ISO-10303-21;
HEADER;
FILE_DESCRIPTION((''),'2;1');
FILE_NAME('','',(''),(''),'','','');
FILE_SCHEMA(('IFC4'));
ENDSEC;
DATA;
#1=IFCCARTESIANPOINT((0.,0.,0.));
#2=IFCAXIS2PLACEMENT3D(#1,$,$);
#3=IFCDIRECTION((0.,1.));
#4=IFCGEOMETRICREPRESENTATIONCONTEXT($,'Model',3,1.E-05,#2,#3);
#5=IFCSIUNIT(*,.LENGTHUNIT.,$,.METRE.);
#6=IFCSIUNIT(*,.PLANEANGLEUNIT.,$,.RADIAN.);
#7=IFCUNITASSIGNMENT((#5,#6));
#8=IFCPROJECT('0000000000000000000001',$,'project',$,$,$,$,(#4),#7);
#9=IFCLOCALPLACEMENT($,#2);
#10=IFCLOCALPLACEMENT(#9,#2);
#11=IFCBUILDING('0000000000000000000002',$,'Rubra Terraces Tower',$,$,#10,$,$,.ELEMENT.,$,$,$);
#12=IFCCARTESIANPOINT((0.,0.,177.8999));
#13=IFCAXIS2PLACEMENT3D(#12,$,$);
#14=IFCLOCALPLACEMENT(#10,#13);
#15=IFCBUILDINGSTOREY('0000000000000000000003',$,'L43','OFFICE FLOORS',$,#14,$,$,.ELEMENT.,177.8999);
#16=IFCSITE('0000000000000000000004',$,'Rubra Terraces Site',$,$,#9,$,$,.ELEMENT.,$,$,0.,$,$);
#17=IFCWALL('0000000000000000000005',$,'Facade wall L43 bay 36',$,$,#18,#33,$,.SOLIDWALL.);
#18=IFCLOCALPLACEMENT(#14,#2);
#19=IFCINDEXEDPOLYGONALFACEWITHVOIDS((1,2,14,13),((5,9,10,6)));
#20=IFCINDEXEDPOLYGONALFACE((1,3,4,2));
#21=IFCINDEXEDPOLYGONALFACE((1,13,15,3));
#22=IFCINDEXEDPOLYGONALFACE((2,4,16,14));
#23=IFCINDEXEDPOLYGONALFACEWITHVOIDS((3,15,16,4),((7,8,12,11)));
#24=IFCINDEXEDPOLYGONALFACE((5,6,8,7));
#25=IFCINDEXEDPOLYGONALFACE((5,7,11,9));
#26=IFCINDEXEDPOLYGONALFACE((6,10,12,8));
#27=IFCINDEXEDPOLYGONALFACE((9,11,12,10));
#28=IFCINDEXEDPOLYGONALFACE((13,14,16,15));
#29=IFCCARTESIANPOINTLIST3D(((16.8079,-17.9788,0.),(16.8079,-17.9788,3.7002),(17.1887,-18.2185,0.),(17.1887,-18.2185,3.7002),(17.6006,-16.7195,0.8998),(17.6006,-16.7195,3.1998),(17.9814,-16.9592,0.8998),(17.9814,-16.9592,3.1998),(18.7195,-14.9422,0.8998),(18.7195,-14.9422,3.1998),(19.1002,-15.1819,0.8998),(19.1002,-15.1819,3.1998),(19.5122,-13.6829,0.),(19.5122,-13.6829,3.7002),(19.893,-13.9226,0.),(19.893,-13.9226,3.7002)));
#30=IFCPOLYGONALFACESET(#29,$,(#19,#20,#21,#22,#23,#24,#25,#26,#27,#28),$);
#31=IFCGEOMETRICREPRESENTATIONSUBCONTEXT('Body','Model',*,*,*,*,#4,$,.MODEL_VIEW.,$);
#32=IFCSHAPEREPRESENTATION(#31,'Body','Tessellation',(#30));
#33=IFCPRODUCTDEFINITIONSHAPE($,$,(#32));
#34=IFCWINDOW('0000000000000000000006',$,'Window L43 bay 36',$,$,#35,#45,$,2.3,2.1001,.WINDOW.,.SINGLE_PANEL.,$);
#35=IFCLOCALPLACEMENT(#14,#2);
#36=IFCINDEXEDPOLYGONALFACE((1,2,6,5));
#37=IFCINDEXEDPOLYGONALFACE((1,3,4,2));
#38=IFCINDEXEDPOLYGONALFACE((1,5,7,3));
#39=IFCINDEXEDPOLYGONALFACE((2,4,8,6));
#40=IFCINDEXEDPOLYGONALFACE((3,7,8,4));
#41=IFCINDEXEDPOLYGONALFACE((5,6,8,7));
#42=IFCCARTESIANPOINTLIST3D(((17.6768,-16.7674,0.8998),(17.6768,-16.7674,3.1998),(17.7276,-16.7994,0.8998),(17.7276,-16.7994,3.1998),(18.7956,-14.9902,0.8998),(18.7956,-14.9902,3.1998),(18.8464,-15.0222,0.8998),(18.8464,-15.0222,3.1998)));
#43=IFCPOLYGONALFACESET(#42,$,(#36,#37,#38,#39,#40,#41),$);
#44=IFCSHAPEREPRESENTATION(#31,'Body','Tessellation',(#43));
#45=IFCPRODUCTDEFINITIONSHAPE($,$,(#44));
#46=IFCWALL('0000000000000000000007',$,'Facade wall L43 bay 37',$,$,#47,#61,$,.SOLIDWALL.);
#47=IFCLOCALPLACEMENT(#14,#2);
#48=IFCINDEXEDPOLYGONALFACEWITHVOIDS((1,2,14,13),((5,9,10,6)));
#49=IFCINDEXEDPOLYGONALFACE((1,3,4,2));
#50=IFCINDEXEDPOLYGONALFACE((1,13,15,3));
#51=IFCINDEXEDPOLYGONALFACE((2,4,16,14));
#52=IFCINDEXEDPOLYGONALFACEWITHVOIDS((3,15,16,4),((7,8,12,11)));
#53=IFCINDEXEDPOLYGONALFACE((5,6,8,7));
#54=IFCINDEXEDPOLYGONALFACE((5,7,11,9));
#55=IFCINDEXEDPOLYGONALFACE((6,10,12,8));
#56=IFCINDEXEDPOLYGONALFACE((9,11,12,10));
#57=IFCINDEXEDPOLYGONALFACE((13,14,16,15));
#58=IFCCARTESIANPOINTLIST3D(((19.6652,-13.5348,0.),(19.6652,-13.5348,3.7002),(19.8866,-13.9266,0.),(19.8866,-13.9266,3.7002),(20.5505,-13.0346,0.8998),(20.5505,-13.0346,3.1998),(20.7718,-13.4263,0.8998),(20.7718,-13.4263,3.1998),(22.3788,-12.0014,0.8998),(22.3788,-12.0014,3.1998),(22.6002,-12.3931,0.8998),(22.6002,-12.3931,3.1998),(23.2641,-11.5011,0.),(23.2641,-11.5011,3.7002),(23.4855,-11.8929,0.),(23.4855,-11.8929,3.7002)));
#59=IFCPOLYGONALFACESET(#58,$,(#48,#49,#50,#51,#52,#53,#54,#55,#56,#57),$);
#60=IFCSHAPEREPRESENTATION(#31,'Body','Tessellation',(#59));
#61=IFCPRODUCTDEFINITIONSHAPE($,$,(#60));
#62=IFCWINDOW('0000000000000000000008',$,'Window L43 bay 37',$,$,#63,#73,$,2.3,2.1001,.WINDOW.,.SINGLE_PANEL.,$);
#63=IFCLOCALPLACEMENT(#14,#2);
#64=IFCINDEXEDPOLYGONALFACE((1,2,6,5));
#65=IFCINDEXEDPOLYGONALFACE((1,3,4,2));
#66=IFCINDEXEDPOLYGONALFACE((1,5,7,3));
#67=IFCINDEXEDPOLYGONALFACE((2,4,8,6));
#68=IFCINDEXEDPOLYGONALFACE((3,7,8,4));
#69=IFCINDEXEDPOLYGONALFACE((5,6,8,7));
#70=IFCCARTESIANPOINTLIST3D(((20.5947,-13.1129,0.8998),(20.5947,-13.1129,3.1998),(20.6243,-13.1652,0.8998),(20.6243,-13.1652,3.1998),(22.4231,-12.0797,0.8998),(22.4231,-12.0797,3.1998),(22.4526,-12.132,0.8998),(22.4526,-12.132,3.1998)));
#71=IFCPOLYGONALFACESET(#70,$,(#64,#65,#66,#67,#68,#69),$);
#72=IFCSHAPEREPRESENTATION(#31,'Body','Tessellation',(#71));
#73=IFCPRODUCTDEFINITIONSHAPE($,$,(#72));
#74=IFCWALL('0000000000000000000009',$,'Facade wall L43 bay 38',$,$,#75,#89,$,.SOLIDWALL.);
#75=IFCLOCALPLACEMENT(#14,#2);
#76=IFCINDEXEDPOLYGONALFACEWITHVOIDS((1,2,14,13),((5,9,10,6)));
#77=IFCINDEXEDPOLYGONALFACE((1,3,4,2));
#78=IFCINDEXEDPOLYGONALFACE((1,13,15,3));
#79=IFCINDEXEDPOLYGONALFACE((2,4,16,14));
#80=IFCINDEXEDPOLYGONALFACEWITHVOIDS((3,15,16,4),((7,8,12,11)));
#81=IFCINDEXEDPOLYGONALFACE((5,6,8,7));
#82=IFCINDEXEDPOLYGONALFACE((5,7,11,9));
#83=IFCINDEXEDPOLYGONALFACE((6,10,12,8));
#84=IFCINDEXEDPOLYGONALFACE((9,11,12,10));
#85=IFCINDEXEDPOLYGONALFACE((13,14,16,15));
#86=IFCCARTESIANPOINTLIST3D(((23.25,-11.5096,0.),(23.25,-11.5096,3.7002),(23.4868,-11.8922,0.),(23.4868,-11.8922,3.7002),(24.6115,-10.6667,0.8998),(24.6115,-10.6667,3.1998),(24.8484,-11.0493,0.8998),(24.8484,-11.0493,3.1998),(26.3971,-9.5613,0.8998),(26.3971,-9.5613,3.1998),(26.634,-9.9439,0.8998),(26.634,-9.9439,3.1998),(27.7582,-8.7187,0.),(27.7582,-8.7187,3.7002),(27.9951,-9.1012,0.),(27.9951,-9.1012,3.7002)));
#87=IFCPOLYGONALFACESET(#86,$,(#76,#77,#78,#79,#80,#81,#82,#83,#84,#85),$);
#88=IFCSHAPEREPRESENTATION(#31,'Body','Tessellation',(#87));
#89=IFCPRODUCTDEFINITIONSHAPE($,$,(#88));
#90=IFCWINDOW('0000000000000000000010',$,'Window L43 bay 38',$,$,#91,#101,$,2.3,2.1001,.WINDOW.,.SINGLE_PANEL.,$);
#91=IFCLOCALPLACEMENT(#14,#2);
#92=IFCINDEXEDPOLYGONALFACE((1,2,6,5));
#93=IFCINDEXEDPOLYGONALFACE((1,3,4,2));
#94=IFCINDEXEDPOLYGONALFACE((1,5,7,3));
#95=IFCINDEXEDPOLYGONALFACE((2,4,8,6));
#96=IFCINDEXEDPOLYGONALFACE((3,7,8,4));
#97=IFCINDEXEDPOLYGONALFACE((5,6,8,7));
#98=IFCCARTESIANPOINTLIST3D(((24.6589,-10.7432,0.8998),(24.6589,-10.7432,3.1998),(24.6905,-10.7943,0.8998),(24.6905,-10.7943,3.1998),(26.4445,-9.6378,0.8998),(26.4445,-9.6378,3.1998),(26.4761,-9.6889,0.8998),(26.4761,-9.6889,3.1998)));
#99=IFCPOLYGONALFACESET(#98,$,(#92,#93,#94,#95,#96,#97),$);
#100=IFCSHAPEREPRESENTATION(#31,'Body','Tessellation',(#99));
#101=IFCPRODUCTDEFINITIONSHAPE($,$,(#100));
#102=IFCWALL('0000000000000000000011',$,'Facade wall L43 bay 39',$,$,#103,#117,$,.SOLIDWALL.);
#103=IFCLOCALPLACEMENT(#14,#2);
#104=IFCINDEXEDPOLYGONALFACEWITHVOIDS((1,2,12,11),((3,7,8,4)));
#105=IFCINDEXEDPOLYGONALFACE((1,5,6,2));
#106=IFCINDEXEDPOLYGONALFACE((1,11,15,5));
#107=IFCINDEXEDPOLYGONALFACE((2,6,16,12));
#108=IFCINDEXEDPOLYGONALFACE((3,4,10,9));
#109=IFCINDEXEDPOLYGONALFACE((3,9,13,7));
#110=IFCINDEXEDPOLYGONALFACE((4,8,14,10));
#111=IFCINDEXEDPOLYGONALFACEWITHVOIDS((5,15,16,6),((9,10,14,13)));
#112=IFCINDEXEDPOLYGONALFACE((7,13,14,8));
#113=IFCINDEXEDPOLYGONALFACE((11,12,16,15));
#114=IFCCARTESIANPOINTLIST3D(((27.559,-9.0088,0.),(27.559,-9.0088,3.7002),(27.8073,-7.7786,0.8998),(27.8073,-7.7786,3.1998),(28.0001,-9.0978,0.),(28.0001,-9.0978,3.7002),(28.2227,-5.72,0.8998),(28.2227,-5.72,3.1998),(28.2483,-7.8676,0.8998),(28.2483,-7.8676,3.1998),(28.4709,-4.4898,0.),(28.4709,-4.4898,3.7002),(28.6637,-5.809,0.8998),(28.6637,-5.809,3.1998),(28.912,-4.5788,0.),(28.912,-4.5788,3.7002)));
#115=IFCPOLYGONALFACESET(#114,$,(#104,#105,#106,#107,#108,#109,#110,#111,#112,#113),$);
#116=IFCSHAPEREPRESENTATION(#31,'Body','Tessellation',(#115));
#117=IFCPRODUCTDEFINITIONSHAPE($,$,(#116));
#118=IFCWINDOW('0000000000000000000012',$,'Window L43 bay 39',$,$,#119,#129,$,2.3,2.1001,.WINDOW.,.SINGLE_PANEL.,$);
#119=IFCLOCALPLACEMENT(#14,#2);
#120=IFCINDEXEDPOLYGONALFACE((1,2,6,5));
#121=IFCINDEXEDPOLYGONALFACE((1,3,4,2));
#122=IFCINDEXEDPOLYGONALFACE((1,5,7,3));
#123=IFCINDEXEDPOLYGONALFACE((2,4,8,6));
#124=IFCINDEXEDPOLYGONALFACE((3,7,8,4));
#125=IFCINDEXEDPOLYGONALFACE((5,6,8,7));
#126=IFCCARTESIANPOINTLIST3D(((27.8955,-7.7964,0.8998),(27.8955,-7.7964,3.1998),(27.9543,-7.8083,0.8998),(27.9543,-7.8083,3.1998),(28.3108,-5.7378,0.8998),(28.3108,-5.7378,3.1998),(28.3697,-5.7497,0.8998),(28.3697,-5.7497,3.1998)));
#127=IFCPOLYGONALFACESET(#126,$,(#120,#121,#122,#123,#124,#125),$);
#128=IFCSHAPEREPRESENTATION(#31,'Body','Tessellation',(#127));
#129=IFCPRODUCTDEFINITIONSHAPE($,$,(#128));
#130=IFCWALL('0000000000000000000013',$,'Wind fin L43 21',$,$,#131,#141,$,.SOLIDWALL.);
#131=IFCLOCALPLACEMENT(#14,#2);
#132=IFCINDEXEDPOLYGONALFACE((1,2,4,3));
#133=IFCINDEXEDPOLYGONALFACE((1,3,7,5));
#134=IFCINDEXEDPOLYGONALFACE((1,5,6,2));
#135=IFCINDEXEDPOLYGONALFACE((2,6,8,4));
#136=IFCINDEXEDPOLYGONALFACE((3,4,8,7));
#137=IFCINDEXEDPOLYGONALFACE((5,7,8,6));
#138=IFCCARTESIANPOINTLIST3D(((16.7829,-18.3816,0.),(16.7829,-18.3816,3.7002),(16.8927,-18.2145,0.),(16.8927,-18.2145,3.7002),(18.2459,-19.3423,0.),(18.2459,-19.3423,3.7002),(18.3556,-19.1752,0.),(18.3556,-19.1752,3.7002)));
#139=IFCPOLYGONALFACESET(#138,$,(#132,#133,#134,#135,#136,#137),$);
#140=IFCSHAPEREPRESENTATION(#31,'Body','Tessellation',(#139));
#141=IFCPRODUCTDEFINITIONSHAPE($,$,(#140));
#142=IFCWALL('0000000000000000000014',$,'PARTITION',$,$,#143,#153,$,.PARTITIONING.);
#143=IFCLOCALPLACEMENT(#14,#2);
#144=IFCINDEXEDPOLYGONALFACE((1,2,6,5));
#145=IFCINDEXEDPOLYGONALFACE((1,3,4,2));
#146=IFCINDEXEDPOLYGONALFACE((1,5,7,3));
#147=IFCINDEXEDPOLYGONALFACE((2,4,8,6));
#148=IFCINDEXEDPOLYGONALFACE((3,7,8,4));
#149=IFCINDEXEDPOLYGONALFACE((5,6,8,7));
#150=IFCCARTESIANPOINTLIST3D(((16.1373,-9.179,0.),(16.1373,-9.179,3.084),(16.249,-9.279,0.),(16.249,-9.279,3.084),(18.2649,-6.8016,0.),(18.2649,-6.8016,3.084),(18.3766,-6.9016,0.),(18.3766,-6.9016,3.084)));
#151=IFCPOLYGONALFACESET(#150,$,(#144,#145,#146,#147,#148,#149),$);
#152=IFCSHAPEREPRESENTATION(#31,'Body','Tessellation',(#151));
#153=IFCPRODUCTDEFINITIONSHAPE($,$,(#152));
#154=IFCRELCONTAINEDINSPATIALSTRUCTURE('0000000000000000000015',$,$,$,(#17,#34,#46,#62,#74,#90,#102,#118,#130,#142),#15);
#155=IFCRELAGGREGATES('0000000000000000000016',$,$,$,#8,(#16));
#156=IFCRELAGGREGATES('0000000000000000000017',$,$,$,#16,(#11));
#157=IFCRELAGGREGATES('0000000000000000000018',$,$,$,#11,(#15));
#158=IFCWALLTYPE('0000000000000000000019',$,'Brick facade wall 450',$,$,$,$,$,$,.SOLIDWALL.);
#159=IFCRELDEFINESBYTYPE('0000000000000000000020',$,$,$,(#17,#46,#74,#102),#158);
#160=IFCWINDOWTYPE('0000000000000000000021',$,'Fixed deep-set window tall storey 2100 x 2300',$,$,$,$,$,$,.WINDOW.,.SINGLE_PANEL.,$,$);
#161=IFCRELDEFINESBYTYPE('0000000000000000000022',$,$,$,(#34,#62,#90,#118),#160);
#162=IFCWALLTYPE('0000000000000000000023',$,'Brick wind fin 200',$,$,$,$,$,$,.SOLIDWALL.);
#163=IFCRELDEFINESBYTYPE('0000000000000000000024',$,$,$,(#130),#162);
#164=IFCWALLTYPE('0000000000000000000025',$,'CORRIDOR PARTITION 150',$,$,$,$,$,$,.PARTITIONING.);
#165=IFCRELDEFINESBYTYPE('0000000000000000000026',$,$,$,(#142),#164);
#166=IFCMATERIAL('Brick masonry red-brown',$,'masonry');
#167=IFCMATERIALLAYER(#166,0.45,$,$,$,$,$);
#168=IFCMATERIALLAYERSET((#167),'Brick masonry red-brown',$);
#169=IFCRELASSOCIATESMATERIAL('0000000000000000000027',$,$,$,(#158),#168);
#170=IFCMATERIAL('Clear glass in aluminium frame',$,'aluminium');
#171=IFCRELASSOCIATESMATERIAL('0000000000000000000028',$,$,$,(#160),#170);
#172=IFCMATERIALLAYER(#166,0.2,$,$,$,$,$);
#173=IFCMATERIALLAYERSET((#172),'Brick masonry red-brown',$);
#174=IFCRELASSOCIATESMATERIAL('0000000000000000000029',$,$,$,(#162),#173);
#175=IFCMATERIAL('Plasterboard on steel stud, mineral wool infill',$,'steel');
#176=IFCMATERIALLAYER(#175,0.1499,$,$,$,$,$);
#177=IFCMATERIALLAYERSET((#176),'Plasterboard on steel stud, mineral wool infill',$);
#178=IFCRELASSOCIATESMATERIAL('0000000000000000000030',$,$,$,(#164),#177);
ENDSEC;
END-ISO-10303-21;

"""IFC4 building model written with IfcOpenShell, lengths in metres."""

from ifc_helpers import new_model, si_unit, direction, frame, frame_2d, origin, place, context, subcontext, project, spatial, rectangle, extrude, material, layer, layer_set, type_object, element, fill, save


model = new_model("IFC4")

# Units and contexts
model_context = context("Model", 3, precision=1e-05, world=origin(), true_north=direction((0.0, 1.0)))
body_context = subcontext(model_context, "Body", "Model", "MODEL_VIEW")
ifc_project = project(units=[si_unit("LENGTHUNIT", "METRE"), si_unit("PLANEANGLEUNIT", "RADIAN")], contexts=[model_context])

# Site, building, storey
site_placement = place(None, origin())
site = spatial("IfcSite", under=ifc_project, at=site_placement, Name="Rubra Terraces Site", CompositionType="ELEMENT", RefElevation=0.0)
building_placement = place(site_placement, origin())
building = spatial("IfcBuilding", under=site, at=building_placement, Name="Rubra Terraces Tower", CompositionType="ELEMENT")
storey_placement = place(building_placement, frame((0.0, 0.0, 177.8999)))
storey = spatial("IfcBuildingStorey", under=building, at=storey_placement, Name="L43", Description="OFFICE FLOORS", CompositionType="ELEMENT", Elevation=177.8999)

# Walls, openings, windows
ifc_material_1 = material(Name="Brick masonry red-brown", Category="masonry")
ifc_layer_1 = layer(ifc_material_1, 0.45)
ifc_layer_set_1 = layer_set([ifc_layer_1], Name="Brick masonry red-brown")
wall_type_1 = type_object("IfcWallType", Name="Brick facade wall 450", PredefinedType="SOLIDWALL", material=ifc_layer_set_1)
wall_1_placement = place(storey_placement, frame((16.9983, -18.0986, 0.0), z_axis=(0.0, 0.0, 1.0), x_axis=(0.532746, 0.846275, 0.0)))
wall_1 = element("IfcWall", 1, at=wall_1_placement, inside=storey, type_object=wall_type_1, Name="Facade wall L43 bay 36", PredefinedType="SOLIDWALL", context=body_context, shape_type="SweptSolid", body=[
    extrude(rectangle(XDim=5.0762, YDim=0.45, at=frame_2d((2.5381, 0.0))), origin(), (0.0, 0.0, 1.0), 3.7002),
])
opening_1_placement = place(wall_1_placement, frame((1.488, 0.0, 0.8999)))
opening_1 = element("IfcOpeningElement", 2, at=opening_1_placement, cuts=wall_1, PredefinedType="OPENING", context=body_context, shape_type="SweptSolid", body=[
    extrude(rectangle(XDim=2.1001, YDim=2.3, at=frame_2d((1.05, 1.1499))), frame((0.0, 0.2349, 0.0), z_axis=(0.0, -1.0, 0.0), x_axis=(1.0, 0.0, 0.0)), (0.0, 0.0, 1.0), 0.47),
])
ifc_material_2 = material(Name="Clear glass in aluminium frame", Category="aluminium")
window_type = type_object("IfcWindowType", Name="Fixed deep-set window tall storey 2100 x 2300", PartitioningType="SINGLE_PANEL", PredefinedType="WINDOW", material=ifc_material_2)
window_1_placement = place(opening_1_placement, origin())
window_1 = element("IfcWindow", 3, at=window_1_placement, inside=storey, type_object=window_type, Name="Window L43 bay 36", OverallHeight=2.3, OverallWidth=2.1001, PartitioningType="SINGLE_PANEL", PredefinedType="WINDOW", context=body_context, shape_type="SweptSolid", body=[
    extrude(rectangle(XDim=2.1001, YDim=2.3, at=frame_2d((1.05, 1.1499))), frame((0.0, 0.135, 0.0), z_axis=(0.0, -1.0, 0.0), x_axis=(1.0, 0.0, 0.0)), (0.0, 0.0, 1.0), 0.0601),
])
fill(opening_1, window_1)
wall_2_placement = place(storey_placement, frame((19.7759, -13.7307, 0.0), z_axis=(0.0, 0.0, 1.0), x_axis=(0.87061, 0.491974, 0.0)))
wall_2 = element("IfcWall", 4, at=wall_2_placement, inside=storey, type_object=wall_type_1, Name="Facade wall L43 bay 37", PredefinedType="SOLIDWALL", context=body_context, shape_type="SweptSolid", body=[
    extrude(rectangle(XDim=4.1338, YDim=0.45, at=frame_2d((2.0669, 0.0))), origin(), (0.0, 0.0, 1.0), 3.7002),
])
opening_2_placement = place(wall_2_placement, frame((1.0168, 0.0, 0.8999)))
opening_2 = element("IfcOpeningElement", 5, at=opening_2_placement, cuts=wall_2, PredefinedType="OPENING", context=body_context, shape_type="SweptSolid", body=[
    extrude(rectangle(XDim=2.1001, YDim=2.3, at=frame_2d((1.05, 1.1499))), frame((0.0, 0.2349, 0.0), z_axis=(0.0, -1.0, 0.0), x_axis=(1.0, 0.0, 0.0)), (0.0, 0.0, 1.0), 0.47),
])
window_2_placement = place(opening_2_placement, origin())
window_2 = element("IfcWindow", 6, at=window_2_placement, inside=storey, type_object=window_type, Name="Window L43 bay 37", OverallHeight=2.3, OverallWidth=2.1001, PartitioningType="SINGLE_PANEL", PredefinedType="WINDOW", context=body_context, shape_type="SweptSolid", body=[
    extrude(rectangle(XDim=2.1001, YDim=2.3, at=frame_2d((1.05, 1.1499))), frame((0.0, 0.135, 0.0), z_axis=(0.0, -1.0, 0.0), x_axis=(1.0, 0.0, 0.0)), (0.0, 0.0, 1.0), 0.0601),
])
fill(opening_2, window_2)
wall_3_placement = place(storey_placement, frame((23.3684, -11.7009, 0.0), z_axis=(0.0, 0.0, 1.0), x_axis=(0.850251, 0.526377, 0.0)))
wall_3 = element("IfcWall", 7, at=wall_3_placement, inside=storey, type_object=wall_type_1, Name="Facade wall L43 bay 38", PredefinedType="SOLIDWALL", context=body_context, shape_type="SweptSolid", body=[
    extrude(rectangle(XDim=5.3022, YDim=0.45, at=frame_2d((2.6511, 0.0))), origin(), (0.0, 0.0, 1.0), 3.7002),
])
opening_3_placement = place(wall_3_placement, frame((1.6013, 0.0, 0.8999)))
opening_3 = element("IfcOpeningElement", 8, at=opening_3_placement, cuts=wall_3, PredefinedType="OPENING", context=body_context, shape_type="SweptSolid", body=[
    extrude(rectangle(XDim=2.1001, YDim=2.3, at=frame_2d((1.05, 1.1499))), frame((0.0, 0.2349, 0.0), z_axis=(0.0, -1.0, 0.0), x_axis=(1.0, 0.0, 0.0)), (0.0, 0.0, 1.0), 0.47),
])
window_3_placement = place(opening_3_placement, origin())
window_3 = element("IfcWindow", 9, at=window_3_placement, inside=storey, type_object=window_type, Name="Window L43 bay 38", OverallHeight=2.3, OverallWidth=2.1001, PartitioningType="SINGLE_PANEL", PredefinedType="WINDOW", context=body_context, shape_type="SweptSolid", body=[
    extrude(rectangle(XDim=2.1001, YDim=2.3, at=frame_2d((1.05, 1.1499))), frame((0.0, 0.135, 0.0), z_axis=(0.0, -1.0, 0.0), x_axis=(1.0, 0.0, 0.0)), (0.0, 0.0, 1.0), 0.0601),
])
fill(opening_3, window_3)
wall_4_placement = place(storey_placement, frame((27.7795, -9.0535, 0.0), z_axis=(0.0, 0.0, 1.0), x_axis=(0.197796, 0.980243, 0.0)))
wall_4 = element("IfcWall", 10, at=wall_4_placement, inside=storey, type_object=wall_type_1, Name="Facade wall L43 bay 39", PredefinedType="SOLIDWALL", context=body_context, shape_type="SweptSolid", body=[
    extrude(rectangle(XDim=4.6101, YDim=0.45, at=frame_2d((2.3052, 0.0))), origin(), (0.0, 0.0, 1.0), 3.7002),
])
opening_4_placement = place(wall_4_placement, frame((1.2551, 0.0, 0.8999)))
opening_4 = element("IfcOpeningElement", 11, at=opening_4_placement, cuts=wall_4, PredefinedType="OPENING", context=body_context, shape_type="SweptSolid", body=[
    extrude(rectangle(XDim=2.1001, YDim=2.3, at=frame_2d((1.05, 1.1499))), frame((0.0, 0.2349, 0.0), z_axis=(0.0, -1.0, 0.0), x_axis=(1.0, 0.0, 0.0)), (0.0, 0.0, 1.0), 0.47),
])
window_4_placement = place(opening_4_placement, origin())
window_4 = element("IfcWindow", 12, at=window_4_placement, inside=storey, type_object=window_type, Name="Window L43 bay 39", OverallHeight=2.3, OverallWidth=2.1001, PartitioningType="SINGLE_PANEL", PredefinedType="WINDOW", context=body_context, shape_type="SweptSolid", body=[
    extrude(rectangle(XDim=2.1001, YDim=2.3, at=frame_2d((1.05, 1.1499))), frame((0.0, 0.135, 0.0), z_axis=(0.0, -1.0, 0.0), x_axis=(1.0, 0.0, 0.0)), (0.0, 0.0, 1.0), 0.0601),
])
fill(opening_4, window_4)

# Walls
ifc_layer_2 = layer(ifc_material_1, 0.2)
ifc_layer_set_2 = layer_set([ifc_layer_2], Name="Brick masonry red-brown")
wall_type_2 = type_object("IfcWallType", Name="Brick wind fin 200", PredefinedType="SOLIDWALL", material=ifc_layer_set_2)
wall_5_placement = place(storey_placement, frame((16.8379, -18.2981, 0.0), z_axis=(0.0, 0.0, 1.0), x_axis=(0.835872, -0.548925, 0.0)))
element("IfcWall", 13, at=wall_5_placement, inside=storey, type_object=wall_type_2, Name="Wind fin L43 21", PredefinedType="SOLIDWALL", context=body_context, shape_type="SweptSolid", body=[
    extrude(rectangle(XDim=1.7502, YDim=0.2, at=frame_2d((0.875, 0.0))), origin(), (0.0, 0.0, 1.0), 3.7002),
])
ifc_material_3 = material(Name="Plasterboard on steel stud, mineral wool infill", Category="steel")
ifc_layer_3 = layer(ifc_material_3, 0.1499)
ifc_layer_set_3 = layer_set([ifc_layer_3], Name="Plasterboard on steel stud, mineral wool infill")
wall_type_3 = type_object("IfcWallType", Name="CORRIDOR PARTITION 150", PredefinedType="PARTITIONING", material=ifc_layer_set_3)
wall_6_placement = place(storey_placement, frame((16.1931, -9.229, 0.0), z_axis=(0.0, 0.0, 1.0), x_axis=(0.666882, 0.745163, 0.0)))
element("IfcWall", 14, at=wall_6_placement, inside=storey, type_object=wall_type_3, Name="PARTITION", PredefinedType="PARTITIONING", context=body_context, shape_type="SweptSolid", body=[
    extrude(rectangle(XDim=3.1904, YDim=0.1499, at=frame_2d((1.5952, 0.0))), origin(), (0.0, 0.0, 1.0), 3.084),
])

save(model, "model.ifc")
